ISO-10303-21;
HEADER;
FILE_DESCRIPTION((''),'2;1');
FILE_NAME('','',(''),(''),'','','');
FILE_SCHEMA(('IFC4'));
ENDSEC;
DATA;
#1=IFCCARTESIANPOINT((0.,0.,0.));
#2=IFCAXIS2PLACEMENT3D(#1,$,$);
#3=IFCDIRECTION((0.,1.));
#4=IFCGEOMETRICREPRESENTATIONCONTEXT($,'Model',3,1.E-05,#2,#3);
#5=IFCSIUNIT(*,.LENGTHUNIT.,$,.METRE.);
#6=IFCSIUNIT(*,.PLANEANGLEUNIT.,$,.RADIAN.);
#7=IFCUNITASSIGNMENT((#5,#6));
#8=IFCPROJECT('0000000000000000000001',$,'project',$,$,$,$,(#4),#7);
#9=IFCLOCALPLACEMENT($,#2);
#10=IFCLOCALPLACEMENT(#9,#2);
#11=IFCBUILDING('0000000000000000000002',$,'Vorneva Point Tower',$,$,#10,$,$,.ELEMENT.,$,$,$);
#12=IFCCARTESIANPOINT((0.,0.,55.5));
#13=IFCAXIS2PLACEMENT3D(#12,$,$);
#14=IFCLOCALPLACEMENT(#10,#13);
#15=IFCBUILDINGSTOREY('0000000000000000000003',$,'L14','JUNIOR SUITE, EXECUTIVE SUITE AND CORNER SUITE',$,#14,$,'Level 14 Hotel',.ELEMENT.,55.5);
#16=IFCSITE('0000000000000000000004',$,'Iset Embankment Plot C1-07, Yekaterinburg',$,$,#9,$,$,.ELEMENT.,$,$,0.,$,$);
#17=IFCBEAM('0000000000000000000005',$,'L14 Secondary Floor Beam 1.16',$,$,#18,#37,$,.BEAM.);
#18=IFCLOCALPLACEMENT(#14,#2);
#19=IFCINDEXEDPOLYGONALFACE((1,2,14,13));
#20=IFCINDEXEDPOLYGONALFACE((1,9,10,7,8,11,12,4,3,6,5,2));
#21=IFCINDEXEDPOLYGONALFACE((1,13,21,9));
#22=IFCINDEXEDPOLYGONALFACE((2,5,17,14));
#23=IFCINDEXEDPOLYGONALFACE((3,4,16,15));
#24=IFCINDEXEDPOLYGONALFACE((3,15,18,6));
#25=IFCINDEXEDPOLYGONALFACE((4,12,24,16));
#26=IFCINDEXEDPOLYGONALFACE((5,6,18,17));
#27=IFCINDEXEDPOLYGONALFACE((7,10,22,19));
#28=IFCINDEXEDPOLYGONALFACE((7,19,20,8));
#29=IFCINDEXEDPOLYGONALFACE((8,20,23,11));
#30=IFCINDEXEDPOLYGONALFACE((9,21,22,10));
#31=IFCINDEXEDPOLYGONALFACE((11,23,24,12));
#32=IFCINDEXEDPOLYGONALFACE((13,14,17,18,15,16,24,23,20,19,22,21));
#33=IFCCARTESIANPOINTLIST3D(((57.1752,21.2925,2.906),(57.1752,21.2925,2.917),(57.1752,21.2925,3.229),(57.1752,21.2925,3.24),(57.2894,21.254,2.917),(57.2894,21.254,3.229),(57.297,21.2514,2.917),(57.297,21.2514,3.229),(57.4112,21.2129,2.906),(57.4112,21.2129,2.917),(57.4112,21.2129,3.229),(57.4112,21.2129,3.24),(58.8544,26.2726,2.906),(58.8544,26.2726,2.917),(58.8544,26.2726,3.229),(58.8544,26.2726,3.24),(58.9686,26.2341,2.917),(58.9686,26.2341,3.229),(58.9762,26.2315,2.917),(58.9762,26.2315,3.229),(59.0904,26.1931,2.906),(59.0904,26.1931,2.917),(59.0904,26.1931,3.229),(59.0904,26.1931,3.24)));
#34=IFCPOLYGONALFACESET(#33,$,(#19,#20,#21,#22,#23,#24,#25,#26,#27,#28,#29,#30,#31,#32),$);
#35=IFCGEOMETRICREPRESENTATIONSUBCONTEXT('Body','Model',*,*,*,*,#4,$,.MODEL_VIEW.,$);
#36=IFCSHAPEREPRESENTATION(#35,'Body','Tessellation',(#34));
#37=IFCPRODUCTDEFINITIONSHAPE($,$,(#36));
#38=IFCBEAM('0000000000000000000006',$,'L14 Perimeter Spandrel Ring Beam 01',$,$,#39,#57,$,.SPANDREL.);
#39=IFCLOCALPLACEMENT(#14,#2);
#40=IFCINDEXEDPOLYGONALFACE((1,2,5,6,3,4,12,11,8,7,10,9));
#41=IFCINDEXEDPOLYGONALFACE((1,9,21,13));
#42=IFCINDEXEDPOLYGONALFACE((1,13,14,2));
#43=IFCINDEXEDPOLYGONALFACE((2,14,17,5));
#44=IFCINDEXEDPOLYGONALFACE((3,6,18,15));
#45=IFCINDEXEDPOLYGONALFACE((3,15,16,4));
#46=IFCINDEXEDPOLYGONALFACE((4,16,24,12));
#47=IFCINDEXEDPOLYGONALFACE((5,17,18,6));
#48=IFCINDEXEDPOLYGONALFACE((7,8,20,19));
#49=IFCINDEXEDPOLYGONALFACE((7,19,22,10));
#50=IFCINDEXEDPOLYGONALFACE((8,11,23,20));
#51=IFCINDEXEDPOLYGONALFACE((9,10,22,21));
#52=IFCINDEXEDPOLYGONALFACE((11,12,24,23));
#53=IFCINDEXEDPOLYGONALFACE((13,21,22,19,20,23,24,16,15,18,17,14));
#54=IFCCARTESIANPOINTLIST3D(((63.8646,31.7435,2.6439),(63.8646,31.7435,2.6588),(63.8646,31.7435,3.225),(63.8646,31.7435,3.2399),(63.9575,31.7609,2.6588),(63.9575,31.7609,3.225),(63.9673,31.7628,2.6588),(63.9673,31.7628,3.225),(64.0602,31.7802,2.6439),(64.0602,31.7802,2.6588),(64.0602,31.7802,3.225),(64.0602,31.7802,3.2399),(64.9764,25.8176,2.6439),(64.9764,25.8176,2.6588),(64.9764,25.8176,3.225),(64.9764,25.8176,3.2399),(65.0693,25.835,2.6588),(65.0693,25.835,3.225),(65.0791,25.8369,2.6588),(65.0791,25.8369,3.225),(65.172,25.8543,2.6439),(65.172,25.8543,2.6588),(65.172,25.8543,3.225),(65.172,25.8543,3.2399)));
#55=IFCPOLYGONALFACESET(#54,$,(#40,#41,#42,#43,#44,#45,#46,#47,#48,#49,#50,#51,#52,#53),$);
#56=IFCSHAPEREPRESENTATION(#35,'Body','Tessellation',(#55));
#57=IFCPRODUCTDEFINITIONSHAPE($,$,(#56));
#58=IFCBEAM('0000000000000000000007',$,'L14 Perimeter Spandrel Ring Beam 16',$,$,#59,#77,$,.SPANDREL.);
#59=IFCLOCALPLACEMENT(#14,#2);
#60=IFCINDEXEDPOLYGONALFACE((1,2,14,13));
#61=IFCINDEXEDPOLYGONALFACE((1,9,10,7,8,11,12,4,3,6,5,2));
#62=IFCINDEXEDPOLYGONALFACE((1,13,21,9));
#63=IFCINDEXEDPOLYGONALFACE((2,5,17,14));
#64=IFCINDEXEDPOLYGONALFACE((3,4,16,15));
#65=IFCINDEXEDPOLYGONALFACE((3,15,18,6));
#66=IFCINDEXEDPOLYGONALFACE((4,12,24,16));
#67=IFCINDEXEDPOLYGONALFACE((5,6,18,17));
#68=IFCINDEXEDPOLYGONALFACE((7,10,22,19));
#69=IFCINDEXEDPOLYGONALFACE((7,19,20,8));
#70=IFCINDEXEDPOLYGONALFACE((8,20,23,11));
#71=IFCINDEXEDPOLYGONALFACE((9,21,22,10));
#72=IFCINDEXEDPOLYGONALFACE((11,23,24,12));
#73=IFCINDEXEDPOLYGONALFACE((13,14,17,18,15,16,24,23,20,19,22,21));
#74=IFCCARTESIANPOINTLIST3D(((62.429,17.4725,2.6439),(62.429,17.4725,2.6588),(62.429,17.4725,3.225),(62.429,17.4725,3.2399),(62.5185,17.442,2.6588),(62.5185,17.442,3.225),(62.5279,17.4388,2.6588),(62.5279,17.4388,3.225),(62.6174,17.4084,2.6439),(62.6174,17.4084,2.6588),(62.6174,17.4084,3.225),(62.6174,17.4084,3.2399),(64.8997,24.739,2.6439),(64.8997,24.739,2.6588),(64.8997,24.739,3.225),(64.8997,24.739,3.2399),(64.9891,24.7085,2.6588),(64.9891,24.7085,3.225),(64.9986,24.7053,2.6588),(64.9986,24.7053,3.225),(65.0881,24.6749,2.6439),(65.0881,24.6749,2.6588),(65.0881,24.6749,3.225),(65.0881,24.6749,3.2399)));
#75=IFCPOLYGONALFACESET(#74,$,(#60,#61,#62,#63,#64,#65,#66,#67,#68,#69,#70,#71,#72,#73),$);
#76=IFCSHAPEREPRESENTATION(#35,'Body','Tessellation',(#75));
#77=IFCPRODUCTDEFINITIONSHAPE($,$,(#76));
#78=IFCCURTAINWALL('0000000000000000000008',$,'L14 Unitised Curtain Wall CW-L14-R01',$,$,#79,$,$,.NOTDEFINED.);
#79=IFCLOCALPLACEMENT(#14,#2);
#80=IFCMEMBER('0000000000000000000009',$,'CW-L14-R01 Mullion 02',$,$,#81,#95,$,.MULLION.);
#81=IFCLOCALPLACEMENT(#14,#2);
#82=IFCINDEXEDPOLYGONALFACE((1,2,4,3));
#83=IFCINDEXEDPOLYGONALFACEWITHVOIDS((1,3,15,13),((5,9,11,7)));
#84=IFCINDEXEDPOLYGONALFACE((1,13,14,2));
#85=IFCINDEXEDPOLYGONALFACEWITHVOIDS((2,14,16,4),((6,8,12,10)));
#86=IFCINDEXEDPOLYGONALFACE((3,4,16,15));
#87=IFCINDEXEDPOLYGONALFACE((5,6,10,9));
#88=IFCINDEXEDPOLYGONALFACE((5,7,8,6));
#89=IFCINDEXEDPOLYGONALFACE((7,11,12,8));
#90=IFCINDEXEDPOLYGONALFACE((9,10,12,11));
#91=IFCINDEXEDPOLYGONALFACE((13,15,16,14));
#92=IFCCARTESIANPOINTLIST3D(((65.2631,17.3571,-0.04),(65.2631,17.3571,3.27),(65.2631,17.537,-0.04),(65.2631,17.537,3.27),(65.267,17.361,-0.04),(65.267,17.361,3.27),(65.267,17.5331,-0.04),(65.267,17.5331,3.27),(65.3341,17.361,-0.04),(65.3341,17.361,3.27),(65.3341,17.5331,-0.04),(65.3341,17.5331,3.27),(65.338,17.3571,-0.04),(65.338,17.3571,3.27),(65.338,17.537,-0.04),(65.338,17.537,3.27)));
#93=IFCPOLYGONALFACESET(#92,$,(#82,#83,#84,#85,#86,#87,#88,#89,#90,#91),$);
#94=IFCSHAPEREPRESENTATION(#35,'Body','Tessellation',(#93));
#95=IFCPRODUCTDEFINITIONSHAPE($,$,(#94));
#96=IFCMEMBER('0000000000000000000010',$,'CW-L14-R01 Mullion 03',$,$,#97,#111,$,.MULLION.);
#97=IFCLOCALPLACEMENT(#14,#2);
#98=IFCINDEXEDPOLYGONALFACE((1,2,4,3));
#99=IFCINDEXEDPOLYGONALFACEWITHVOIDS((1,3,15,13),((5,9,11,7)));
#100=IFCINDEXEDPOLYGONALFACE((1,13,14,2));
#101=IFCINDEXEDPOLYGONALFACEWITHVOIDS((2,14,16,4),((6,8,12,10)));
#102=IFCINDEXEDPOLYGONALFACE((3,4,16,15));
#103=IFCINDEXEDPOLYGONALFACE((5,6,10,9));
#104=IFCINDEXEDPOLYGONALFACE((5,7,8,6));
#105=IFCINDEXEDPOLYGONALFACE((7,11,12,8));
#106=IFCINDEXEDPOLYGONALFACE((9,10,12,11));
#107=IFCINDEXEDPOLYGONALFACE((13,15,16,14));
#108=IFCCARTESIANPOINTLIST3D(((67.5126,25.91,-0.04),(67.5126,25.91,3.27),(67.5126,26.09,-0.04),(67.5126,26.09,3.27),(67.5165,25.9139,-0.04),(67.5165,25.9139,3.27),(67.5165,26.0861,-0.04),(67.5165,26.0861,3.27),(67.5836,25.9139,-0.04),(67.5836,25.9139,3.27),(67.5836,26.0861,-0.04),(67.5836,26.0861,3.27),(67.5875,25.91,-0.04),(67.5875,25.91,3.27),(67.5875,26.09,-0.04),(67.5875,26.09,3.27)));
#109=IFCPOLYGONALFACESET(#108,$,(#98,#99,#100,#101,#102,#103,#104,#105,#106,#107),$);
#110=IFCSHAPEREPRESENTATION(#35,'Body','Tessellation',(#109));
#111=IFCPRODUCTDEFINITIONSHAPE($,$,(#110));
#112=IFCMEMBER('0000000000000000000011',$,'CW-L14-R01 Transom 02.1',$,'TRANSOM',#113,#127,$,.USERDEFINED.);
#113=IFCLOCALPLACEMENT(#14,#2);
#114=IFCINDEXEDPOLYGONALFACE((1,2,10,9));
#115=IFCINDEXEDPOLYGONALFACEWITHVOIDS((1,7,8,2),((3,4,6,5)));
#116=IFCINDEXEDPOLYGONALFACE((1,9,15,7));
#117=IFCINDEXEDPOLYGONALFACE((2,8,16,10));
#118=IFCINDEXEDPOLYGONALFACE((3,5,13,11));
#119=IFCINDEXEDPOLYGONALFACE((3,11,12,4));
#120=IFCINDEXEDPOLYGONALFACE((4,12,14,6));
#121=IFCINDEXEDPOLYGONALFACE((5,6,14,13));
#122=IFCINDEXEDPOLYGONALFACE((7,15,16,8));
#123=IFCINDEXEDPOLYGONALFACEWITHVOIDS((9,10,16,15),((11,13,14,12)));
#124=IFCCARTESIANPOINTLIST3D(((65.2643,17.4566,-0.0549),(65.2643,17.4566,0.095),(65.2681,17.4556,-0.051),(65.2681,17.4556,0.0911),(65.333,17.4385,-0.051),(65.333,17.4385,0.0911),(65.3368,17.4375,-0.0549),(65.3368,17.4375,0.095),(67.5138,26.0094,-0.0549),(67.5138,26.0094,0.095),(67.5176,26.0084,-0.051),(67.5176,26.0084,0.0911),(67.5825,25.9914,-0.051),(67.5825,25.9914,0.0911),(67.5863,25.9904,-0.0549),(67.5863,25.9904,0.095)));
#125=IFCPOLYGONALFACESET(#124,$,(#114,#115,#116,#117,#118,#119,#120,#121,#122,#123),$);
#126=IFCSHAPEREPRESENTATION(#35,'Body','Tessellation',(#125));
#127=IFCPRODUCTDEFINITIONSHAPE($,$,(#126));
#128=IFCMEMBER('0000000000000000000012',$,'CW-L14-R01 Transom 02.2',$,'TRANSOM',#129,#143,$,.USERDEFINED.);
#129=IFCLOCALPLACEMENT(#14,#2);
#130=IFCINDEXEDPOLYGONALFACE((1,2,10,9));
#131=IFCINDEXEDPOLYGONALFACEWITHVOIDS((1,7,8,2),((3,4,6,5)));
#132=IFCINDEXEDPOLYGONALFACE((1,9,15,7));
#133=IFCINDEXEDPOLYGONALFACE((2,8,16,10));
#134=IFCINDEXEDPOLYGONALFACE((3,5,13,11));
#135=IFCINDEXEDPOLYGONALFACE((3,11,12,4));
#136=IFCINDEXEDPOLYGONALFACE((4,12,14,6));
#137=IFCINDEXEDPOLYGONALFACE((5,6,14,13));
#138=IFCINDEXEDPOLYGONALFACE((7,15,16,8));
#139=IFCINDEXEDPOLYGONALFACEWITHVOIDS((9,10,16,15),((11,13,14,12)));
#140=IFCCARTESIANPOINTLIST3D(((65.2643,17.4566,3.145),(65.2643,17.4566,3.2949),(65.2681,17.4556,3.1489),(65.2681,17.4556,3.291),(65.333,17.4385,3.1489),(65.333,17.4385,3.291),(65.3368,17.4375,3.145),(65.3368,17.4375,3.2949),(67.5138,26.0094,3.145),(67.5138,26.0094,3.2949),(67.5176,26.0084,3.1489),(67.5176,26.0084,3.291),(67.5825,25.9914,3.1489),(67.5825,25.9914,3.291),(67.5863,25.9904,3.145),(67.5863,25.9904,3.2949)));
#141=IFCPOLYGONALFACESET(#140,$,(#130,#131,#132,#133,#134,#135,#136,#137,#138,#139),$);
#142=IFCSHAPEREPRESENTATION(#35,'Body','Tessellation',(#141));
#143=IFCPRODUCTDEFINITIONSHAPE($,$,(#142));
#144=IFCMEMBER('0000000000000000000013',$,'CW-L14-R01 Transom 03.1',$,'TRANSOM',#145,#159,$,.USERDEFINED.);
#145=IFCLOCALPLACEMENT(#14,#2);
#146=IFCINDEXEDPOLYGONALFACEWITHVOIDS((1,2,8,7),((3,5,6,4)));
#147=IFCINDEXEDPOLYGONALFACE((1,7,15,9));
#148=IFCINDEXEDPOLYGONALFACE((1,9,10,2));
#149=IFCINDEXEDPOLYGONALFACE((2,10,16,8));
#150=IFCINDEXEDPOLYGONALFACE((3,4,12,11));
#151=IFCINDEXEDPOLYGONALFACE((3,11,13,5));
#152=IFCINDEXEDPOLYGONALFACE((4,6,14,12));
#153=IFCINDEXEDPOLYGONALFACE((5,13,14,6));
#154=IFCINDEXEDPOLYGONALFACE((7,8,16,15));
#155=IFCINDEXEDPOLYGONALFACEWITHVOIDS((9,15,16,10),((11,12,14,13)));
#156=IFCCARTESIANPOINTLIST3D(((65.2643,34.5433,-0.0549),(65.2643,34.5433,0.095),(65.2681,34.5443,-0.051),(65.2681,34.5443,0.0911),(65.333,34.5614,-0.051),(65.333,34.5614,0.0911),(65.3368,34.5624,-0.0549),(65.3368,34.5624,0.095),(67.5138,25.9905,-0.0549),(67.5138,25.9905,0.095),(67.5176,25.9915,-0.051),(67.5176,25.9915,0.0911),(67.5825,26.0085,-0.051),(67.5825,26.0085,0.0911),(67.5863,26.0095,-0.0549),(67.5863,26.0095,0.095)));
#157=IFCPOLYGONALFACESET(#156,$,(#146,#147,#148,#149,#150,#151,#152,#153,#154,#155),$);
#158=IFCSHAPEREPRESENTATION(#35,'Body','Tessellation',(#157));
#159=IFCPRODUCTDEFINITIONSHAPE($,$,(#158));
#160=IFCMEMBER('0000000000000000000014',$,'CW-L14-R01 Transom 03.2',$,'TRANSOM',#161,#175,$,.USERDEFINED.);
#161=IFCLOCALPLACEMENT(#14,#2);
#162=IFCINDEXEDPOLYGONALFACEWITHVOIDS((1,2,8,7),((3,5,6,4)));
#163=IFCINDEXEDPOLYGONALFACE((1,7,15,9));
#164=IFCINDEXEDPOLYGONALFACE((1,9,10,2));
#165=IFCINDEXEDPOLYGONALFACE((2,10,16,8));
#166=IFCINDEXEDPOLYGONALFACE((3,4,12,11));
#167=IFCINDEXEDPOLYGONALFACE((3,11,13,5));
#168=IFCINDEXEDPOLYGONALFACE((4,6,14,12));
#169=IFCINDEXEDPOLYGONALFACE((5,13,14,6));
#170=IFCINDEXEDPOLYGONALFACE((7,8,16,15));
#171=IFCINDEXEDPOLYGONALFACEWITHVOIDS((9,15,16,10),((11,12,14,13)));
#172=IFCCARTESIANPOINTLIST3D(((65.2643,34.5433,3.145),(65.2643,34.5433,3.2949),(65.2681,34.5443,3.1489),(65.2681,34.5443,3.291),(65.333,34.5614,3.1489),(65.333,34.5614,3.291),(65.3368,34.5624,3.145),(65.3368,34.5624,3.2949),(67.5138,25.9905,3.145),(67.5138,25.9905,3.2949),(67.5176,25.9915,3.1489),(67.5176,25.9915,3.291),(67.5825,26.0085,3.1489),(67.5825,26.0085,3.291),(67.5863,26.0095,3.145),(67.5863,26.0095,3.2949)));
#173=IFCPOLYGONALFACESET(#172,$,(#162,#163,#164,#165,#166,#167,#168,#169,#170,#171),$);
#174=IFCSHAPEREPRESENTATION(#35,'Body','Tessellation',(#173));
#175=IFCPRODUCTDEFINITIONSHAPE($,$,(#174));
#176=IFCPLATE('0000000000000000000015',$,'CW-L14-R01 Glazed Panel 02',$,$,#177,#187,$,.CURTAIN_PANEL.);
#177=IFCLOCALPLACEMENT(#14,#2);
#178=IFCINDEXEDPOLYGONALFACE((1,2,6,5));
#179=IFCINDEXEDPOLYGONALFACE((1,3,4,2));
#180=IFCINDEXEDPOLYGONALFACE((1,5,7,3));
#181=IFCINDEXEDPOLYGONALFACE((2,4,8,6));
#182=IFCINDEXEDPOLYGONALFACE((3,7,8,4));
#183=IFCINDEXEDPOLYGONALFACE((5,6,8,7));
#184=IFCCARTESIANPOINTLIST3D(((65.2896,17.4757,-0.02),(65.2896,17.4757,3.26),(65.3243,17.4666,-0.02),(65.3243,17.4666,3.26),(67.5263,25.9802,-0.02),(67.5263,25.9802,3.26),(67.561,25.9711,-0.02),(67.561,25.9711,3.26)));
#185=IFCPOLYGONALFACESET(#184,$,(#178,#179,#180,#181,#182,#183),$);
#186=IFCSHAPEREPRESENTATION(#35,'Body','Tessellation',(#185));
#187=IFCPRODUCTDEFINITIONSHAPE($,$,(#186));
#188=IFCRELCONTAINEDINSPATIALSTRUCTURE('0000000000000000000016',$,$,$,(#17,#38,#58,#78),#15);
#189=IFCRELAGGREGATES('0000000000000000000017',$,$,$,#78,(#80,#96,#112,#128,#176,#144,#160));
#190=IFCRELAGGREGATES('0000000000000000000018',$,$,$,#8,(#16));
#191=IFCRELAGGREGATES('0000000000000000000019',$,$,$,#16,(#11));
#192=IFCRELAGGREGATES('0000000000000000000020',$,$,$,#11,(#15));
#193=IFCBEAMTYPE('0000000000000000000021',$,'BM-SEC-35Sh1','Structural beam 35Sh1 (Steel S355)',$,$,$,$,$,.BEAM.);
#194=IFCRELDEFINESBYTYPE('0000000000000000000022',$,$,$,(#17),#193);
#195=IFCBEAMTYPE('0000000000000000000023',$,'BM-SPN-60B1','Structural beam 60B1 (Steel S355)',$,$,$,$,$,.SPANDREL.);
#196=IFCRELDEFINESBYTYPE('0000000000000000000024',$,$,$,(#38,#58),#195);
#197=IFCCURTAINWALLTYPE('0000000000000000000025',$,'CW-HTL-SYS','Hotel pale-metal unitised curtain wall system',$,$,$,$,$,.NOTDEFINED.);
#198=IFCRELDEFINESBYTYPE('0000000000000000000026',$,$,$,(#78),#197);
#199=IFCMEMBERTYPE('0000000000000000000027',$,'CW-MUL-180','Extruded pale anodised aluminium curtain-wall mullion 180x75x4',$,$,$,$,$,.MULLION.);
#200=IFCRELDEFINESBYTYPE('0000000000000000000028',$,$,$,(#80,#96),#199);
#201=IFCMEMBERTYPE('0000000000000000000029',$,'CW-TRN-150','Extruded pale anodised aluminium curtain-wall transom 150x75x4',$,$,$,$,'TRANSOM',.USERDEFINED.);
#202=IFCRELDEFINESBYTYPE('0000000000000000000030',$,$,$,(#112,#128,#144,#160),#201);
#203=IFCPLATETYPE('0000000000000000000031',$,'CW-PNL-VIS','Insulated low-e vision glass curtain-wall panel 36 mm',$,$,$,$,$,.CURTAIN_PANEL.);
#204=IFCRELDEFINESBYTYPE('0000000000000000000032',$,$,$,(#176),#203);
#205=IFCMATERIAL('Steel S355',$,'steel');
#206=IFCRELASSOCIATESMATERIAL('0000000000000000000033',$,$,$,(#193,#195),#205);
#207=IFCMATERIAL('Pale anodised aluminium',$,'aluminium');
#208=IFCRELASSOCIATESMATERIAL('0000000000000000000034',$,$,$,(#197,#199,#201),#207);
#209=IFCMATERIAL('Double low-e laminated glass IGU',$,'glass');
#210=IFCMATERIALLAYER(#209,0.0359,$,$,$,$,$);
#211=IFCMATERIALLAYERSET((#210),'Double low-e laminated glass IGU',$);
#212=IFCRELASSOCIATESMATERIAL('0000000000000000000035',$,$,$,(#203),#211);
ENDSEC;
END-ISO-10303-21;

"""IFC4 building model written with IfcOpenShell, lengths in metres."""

from ifc_helpers import new_model, si_unit, direction, frame, origin, origin_2d, place, context, subcontext, project, spatial, rectangle, hollow_rectangle, i_section, extrude, material, layer, layer_set, material_profile, profile_set, type_object, element, aggregate, save


model = new_model("IFC4")

# Units and contexts
model_context = context("Model", 3, precision=1e-05, world=origin(), true_north=direction((0.0, 1.0)))
body_context = subcontext(model_context, "Body", "Model", "MODEL_VIEW")
ifc_project = project(units=[si_unit("LENGTHUNIT", "METRE"), si_unit("PLANEANGLEUNIT", "RADIAN")], contexts=[model_context])

# Site, building, storey
site_placement = place(None, origin())
site = spatial("IfcSite", under=ifc_project, at=site_placement, Name="Iset Embankment Plot C1-07, Yekaterinburg", CompositionType="ELEMENT", RefElevation=0.0)
building_placement = place(site_placement, origin())
building = spatial("IfcBuilding", under=site, at=building_placement, Name="Vorneva Point Tower", CompositionType="ELEMENT")
storey_placement = place(building_placement, frame((0.0, 0.0, 55.5)))
storey = spatial("IfcBuildingStorey", under=building, at=storey_placement, Name="L14", Description="JUNIOR SUITE, EXECUTIVE SUITE AND CORNER SUITE", LongName="Level 14 Hotel", CompositionType="ELEMENT", Elevation=55.5)

# Beams
ifc_material_1 = material(Name="Steel S355", Category="steel")
ifc_material_profile_1 = material_profile(ifc_material_1, i_section(OverallWidth=0.249, OverallDepth=0.334, WebThickness=0.0081, FlangeThickness=0.011, at=origin_2d()), Name="35Sh1")
ifc_profile_set_1 = profile_set([ifc_material_profile_1], Name="Steel S355")
beam_type_1 = type_object("IfcBeamType", Name="BM-SEC-35Sh1", Description="Structural beam 35Sh1 (Steel S355)", PredefinedType="BEAM", material=ifc_profile_set_1)
beam_1_placement = place(storey_placement, frame((57.2932, 21.2527, 3.073), z_axis=(0.319501, 0.947586, 0.0), x_axis=(-0.947586, 0.319501, 0.0)))
element("IfcBeam", 1, at=beam_1_placement, inside=storey, type_object=beam_type_1, Name="L14 Secondary Floor Beam 1.16", PredefinedType="BEAM", context=body_context, shape_type="SweptSolid", body=[
    extrude(i_section(OverallWidth=0.249, OverallDepth=0.334, WebThickness=0.0081, FlangeThickness=0.011, at=origin_2d()), origin(), (0.0, 0.0, 1.0), 5.2556),
])
ifc_material_profile_2 = material_profile(ifc_material_1, i_section(OverallWidth=0.199, OverallDepth=0.5959, WebThickness=0.01, FlangeThickness=0.0149, at=origin_2d()), Name="60B1")
ifc_profile_set_2 = profile_set([ifc_material_profile_2], Name="Steel S355")
beam_type_2 = type_object("IfcBeamType", Name="BM-SPN-60B1", Description="Structural beam 60B1 (Steel S355)", PredefinedType="SPANDREL", material=ifc_profile_set_2)
beam_2_placement = place(storey_placement, frame((65.0742, 25.8359, 2.9419), z_axis=(-0.184406, 0.98285, 0.0), x_axis=(-0.98285, -0.184406, 0.0)))
element("IfcBeam", 2, at=beam_2_placement, inside=storey, type_object=beam_type_2, Name="L14 Perimeter Spandrel Ring Beam 01", PredefinedType="SPANDREL", context=body_context, shape_type="SweptSolid", body=[
    extrude(i_section(OverallWidth=0.199, OverallDepth=0.5959, WebThickness=0.01, FlangeThickness=0.0149, at=origin_2d()), origin(), (0.0, 0.0, 1.0), 6.0293),
])
beam_3_placement = place(storey_placement, frame((62.5232, 17.4404, 2.9419), z_axis=(0.32191, 0.94677, 0.0), x_axis=(-0.94677, 0.32191, 0.0)))
element("IfcBeam", 3, at=beam_3_placement, inside=storey, type_object=beam_type_2, Name="L14 Perimeter Spandrel Ring Beam 16", PredefinedType="SPANDREL", context=body_context, shape_type="SweptSolid", body=[
    extrude(i_section(OverallWidth=0.199, OverallDepth=0.5959, WebThickness=0.01, FlangeThickness=0.0149, at=origin_2d()), origin(), (0.0, 0.0, 1.0), 7.675),
])

# Curtain wall, members, plate
ifc_material_2 = material(Name="Pale anodised aluminium", Category="aluminium")
curtain_wall_type = type_object("IfcCurtainWallType", Name="CW-HTL-SYS", Description="Hotel pale-metal unitised curtain wall system", PredefinedType="NOTDEFINED", material=ifc_material_2)
curtain_wall_placement = place(storey_placement, origin())
curtain_wall = element("IfcCurtainWall", 4, at=curtain_wall_placement, inside=storey, type_object=curtain_wall_type, Name="L14 Unitised Curtain Wall CW-L14-R01", PredefinedType="NOTDEFINED")
ifc_material_profile_3 = material_profile(ifc_material_2, hollow_rectangle(XDim=0.075, YDim=0.1799, WallThickness=0.0039, at=origin_2d()), Name="AL-MUL 180x75x4")
ifc_profile_set_3 = profile_set([ifc_material_profile_3], Name="Pale anodised aluminium")
member_type_1 = type_object("IfcMemberType", Name="CW-MUL-180", Description="Extruded pale anodised aluminium curtain-wall mullion 180x75x4", PredefinedType="MULLION", material=ifc_profile_set_3)
member_1_placement = place(storey_placement, frame((65.3005, 17.447, -0.04), z_axis=(0.0, 0.0, 1.0), x_axis=(1.0, 0.0, 0.0)))
member_1 = element("IfcMember", 5, at=member_1_placement, type_object=member_type_1, Name="CW-L14-R01 Mullion 02", PredefinedType="MULLION", context=body_context, shape_type="SweptSolid", body=[
    extrude(hollow_rectangle(XDim=0.075, YDim=0.1799, WallThickness=0.0039, at=origin_2d()), origin(), (0.0, 0.0, 1.0), 3.3101),
])
member_2_placement = place(storey_placement, frame((67.55, 26.0, -0.04), z_axis=(0.0, 0.0, 1.0), x_axis=(1.0, 0.0, 0.0)))
member_2 = element("IfcMember", 6, at=member_2_placement, type_object=member_type_1, Name="CW-L14-R01 Mullion 03", PredefinedType="MULLION", context=body_context, shape_type="SweptSolid", body=[
    extrude(hollow_rectangle(XDim=0.075, YDim=0.1799, WallThickness=0.0039, at=origin_2d()), origin(), (0.0, 0.0, 1.0), 3.3101),
])
ifc_material_profile_4 = material_profile(ifc_material_2, hollow_rectangle(XDim=0.075, YDim=0.1499, WallThickness=0.0039, at=origin_2d()), Name="AL-TRN 150x75x4")
ifc_profile_set_4 = profile_set([ifc_material_profile_4], Name="Pale anodised aluminium")
member_type_2 = type_object("IfcMemberType", Name="CW-TRN-150", Description="Extruded pale anodised aluminium curtain-wall transom 150x75x4", ElementType="TRANSOM", PredefinedType="USERDEFINED", material=ifc_profile_set_4)
member_3_placement = place(storey_placement, frame((65.3005, 17.447, 0.02), z_axis=(0.254359, 0.96711, 0.0), x_axis=(-0.96711, 0.254359, 0.0)))
member_3 = element("IfcMember", 7, at=member_3_placement, type_object=member_type_2, Name="CW-L14-R01 Transom 02.1", ObjectType="TRANSOM", PredefinedType="USERDEFINED", context=body_context, shape_type="SweptSolid", body=[
    extrude(hollow_rectangle(XDim=0.075, YDim=0.1499, WallThickness=0.0039, at=origin_2d()), origin(), (0.0, 0.0, 1.0), 8.8438),
])
member_4_placement = place(storey_placement, frame((65.3005, 17.447, 3.22), z_axis=(0.254359, 0.96711, 0.0), x_axis=(-0.96711, 0.254359, 0.0)))
member_4 = element("IfcMember", 8, at=member_4_placement, type_object=member_type_2, Name="CW-L14-R01 Transom 02.2", ObjectType="TRANSOM", PredefinedType="USERDEFINED", context=body_context, shape_type="SweptSolid", body=[
    extrude(hollow_rectangle(XDim=0.075, YDim=0.1499, WallThickness=0.0039, at=origin_2d()), origin(), (0.0, 0.0, 1.0), 8.8438),
])
member_5_placement = place(storey_placement, frame((67.55, 26.0, 0.02), z_axis=(-0.254359, 0.96711, 0.0), x_axis=(-0.96711, -0.254359, 0.0)))
member_5 = element("IfcMember", 9, at=member_5_placement, type_object=member_type_2, Name="CW-L14-R01 Transom 03.1", ObjectType="TRANSOM", PredefinedType="USERDEFINED", context=body_context, shape_type="SweptSolid", body=[
    extrude(hollow_rectangle(XDim=0.075, YDim=0.1499, WallThickness=0.0039, at=origin_2d()), origin(), (0.0, 0.0, 1.0), 8.8438),
])
member_6_placement = place(storey_placement, frame((67.55, 26.0, 3.22), z_axis=(-0.254359, 0.96711, 0.0), x_axis=(-0.96711, -0.254359, 0.0)))
member_6 = element("IfcMember", 10, at=member_6_placement, type_object=member_type_2, Name="CW-L14-R01 Transom 03.2", ObjectType="TRANSOM", PredefinedType="USERDEFINED", context=body_context, shape_type="SweptSolid", body=[
    extrude(hollow_rectangle(XDim=0.075, YDim=0.1499, WallThickness=0.0039, at=origin_2d()), origin(), (0.0, 0.0, 1.0), 8.8438),
])
ifc_material_3 = material(Name="Double low-e laminated glass IGU", Category="glass")
ifc_layer_1 = layer(ifc_material_3, 0.0359)
ifc_layer_set_1 = layer_set([ifc_layer_1], Name="Double low-e laminated glass IGU")
plate_type = type_object("IfcPlateType", Name="CW-PNL-VIS", Description="Insulated low-e vision glass curtain-wall panel 36 mm", PredefinedType="CURTAIN_PANEL", material=ifc_layer_set_1)
plate_placement = place(storey_placement, frame((66.4253, 21.7234, -0.02), z_axis=(0.0, 0.0, 1.0), x_axis=(0.254349, 0.967113, 0.0)))
plate = element("IfcPlate", 11, at=plate_placement, type_object=plate_type, Name="CW-L14-R01 Glazed Panel 02", PredefinedType="CURTAIN_PANEL", context=body_context, shape_type="SweptSolid", body=[
    extrude(rectangle(XDim=8.7937, YDim=0.0359, at=origin_2d()), origin(), (0.0, 0.0, 1.0), 3.28),
])
aggregate(curtain_wall, [member_1, member_2, member_3, member_4, plate, member_5, member_6])

save(model, "model.ifc")
